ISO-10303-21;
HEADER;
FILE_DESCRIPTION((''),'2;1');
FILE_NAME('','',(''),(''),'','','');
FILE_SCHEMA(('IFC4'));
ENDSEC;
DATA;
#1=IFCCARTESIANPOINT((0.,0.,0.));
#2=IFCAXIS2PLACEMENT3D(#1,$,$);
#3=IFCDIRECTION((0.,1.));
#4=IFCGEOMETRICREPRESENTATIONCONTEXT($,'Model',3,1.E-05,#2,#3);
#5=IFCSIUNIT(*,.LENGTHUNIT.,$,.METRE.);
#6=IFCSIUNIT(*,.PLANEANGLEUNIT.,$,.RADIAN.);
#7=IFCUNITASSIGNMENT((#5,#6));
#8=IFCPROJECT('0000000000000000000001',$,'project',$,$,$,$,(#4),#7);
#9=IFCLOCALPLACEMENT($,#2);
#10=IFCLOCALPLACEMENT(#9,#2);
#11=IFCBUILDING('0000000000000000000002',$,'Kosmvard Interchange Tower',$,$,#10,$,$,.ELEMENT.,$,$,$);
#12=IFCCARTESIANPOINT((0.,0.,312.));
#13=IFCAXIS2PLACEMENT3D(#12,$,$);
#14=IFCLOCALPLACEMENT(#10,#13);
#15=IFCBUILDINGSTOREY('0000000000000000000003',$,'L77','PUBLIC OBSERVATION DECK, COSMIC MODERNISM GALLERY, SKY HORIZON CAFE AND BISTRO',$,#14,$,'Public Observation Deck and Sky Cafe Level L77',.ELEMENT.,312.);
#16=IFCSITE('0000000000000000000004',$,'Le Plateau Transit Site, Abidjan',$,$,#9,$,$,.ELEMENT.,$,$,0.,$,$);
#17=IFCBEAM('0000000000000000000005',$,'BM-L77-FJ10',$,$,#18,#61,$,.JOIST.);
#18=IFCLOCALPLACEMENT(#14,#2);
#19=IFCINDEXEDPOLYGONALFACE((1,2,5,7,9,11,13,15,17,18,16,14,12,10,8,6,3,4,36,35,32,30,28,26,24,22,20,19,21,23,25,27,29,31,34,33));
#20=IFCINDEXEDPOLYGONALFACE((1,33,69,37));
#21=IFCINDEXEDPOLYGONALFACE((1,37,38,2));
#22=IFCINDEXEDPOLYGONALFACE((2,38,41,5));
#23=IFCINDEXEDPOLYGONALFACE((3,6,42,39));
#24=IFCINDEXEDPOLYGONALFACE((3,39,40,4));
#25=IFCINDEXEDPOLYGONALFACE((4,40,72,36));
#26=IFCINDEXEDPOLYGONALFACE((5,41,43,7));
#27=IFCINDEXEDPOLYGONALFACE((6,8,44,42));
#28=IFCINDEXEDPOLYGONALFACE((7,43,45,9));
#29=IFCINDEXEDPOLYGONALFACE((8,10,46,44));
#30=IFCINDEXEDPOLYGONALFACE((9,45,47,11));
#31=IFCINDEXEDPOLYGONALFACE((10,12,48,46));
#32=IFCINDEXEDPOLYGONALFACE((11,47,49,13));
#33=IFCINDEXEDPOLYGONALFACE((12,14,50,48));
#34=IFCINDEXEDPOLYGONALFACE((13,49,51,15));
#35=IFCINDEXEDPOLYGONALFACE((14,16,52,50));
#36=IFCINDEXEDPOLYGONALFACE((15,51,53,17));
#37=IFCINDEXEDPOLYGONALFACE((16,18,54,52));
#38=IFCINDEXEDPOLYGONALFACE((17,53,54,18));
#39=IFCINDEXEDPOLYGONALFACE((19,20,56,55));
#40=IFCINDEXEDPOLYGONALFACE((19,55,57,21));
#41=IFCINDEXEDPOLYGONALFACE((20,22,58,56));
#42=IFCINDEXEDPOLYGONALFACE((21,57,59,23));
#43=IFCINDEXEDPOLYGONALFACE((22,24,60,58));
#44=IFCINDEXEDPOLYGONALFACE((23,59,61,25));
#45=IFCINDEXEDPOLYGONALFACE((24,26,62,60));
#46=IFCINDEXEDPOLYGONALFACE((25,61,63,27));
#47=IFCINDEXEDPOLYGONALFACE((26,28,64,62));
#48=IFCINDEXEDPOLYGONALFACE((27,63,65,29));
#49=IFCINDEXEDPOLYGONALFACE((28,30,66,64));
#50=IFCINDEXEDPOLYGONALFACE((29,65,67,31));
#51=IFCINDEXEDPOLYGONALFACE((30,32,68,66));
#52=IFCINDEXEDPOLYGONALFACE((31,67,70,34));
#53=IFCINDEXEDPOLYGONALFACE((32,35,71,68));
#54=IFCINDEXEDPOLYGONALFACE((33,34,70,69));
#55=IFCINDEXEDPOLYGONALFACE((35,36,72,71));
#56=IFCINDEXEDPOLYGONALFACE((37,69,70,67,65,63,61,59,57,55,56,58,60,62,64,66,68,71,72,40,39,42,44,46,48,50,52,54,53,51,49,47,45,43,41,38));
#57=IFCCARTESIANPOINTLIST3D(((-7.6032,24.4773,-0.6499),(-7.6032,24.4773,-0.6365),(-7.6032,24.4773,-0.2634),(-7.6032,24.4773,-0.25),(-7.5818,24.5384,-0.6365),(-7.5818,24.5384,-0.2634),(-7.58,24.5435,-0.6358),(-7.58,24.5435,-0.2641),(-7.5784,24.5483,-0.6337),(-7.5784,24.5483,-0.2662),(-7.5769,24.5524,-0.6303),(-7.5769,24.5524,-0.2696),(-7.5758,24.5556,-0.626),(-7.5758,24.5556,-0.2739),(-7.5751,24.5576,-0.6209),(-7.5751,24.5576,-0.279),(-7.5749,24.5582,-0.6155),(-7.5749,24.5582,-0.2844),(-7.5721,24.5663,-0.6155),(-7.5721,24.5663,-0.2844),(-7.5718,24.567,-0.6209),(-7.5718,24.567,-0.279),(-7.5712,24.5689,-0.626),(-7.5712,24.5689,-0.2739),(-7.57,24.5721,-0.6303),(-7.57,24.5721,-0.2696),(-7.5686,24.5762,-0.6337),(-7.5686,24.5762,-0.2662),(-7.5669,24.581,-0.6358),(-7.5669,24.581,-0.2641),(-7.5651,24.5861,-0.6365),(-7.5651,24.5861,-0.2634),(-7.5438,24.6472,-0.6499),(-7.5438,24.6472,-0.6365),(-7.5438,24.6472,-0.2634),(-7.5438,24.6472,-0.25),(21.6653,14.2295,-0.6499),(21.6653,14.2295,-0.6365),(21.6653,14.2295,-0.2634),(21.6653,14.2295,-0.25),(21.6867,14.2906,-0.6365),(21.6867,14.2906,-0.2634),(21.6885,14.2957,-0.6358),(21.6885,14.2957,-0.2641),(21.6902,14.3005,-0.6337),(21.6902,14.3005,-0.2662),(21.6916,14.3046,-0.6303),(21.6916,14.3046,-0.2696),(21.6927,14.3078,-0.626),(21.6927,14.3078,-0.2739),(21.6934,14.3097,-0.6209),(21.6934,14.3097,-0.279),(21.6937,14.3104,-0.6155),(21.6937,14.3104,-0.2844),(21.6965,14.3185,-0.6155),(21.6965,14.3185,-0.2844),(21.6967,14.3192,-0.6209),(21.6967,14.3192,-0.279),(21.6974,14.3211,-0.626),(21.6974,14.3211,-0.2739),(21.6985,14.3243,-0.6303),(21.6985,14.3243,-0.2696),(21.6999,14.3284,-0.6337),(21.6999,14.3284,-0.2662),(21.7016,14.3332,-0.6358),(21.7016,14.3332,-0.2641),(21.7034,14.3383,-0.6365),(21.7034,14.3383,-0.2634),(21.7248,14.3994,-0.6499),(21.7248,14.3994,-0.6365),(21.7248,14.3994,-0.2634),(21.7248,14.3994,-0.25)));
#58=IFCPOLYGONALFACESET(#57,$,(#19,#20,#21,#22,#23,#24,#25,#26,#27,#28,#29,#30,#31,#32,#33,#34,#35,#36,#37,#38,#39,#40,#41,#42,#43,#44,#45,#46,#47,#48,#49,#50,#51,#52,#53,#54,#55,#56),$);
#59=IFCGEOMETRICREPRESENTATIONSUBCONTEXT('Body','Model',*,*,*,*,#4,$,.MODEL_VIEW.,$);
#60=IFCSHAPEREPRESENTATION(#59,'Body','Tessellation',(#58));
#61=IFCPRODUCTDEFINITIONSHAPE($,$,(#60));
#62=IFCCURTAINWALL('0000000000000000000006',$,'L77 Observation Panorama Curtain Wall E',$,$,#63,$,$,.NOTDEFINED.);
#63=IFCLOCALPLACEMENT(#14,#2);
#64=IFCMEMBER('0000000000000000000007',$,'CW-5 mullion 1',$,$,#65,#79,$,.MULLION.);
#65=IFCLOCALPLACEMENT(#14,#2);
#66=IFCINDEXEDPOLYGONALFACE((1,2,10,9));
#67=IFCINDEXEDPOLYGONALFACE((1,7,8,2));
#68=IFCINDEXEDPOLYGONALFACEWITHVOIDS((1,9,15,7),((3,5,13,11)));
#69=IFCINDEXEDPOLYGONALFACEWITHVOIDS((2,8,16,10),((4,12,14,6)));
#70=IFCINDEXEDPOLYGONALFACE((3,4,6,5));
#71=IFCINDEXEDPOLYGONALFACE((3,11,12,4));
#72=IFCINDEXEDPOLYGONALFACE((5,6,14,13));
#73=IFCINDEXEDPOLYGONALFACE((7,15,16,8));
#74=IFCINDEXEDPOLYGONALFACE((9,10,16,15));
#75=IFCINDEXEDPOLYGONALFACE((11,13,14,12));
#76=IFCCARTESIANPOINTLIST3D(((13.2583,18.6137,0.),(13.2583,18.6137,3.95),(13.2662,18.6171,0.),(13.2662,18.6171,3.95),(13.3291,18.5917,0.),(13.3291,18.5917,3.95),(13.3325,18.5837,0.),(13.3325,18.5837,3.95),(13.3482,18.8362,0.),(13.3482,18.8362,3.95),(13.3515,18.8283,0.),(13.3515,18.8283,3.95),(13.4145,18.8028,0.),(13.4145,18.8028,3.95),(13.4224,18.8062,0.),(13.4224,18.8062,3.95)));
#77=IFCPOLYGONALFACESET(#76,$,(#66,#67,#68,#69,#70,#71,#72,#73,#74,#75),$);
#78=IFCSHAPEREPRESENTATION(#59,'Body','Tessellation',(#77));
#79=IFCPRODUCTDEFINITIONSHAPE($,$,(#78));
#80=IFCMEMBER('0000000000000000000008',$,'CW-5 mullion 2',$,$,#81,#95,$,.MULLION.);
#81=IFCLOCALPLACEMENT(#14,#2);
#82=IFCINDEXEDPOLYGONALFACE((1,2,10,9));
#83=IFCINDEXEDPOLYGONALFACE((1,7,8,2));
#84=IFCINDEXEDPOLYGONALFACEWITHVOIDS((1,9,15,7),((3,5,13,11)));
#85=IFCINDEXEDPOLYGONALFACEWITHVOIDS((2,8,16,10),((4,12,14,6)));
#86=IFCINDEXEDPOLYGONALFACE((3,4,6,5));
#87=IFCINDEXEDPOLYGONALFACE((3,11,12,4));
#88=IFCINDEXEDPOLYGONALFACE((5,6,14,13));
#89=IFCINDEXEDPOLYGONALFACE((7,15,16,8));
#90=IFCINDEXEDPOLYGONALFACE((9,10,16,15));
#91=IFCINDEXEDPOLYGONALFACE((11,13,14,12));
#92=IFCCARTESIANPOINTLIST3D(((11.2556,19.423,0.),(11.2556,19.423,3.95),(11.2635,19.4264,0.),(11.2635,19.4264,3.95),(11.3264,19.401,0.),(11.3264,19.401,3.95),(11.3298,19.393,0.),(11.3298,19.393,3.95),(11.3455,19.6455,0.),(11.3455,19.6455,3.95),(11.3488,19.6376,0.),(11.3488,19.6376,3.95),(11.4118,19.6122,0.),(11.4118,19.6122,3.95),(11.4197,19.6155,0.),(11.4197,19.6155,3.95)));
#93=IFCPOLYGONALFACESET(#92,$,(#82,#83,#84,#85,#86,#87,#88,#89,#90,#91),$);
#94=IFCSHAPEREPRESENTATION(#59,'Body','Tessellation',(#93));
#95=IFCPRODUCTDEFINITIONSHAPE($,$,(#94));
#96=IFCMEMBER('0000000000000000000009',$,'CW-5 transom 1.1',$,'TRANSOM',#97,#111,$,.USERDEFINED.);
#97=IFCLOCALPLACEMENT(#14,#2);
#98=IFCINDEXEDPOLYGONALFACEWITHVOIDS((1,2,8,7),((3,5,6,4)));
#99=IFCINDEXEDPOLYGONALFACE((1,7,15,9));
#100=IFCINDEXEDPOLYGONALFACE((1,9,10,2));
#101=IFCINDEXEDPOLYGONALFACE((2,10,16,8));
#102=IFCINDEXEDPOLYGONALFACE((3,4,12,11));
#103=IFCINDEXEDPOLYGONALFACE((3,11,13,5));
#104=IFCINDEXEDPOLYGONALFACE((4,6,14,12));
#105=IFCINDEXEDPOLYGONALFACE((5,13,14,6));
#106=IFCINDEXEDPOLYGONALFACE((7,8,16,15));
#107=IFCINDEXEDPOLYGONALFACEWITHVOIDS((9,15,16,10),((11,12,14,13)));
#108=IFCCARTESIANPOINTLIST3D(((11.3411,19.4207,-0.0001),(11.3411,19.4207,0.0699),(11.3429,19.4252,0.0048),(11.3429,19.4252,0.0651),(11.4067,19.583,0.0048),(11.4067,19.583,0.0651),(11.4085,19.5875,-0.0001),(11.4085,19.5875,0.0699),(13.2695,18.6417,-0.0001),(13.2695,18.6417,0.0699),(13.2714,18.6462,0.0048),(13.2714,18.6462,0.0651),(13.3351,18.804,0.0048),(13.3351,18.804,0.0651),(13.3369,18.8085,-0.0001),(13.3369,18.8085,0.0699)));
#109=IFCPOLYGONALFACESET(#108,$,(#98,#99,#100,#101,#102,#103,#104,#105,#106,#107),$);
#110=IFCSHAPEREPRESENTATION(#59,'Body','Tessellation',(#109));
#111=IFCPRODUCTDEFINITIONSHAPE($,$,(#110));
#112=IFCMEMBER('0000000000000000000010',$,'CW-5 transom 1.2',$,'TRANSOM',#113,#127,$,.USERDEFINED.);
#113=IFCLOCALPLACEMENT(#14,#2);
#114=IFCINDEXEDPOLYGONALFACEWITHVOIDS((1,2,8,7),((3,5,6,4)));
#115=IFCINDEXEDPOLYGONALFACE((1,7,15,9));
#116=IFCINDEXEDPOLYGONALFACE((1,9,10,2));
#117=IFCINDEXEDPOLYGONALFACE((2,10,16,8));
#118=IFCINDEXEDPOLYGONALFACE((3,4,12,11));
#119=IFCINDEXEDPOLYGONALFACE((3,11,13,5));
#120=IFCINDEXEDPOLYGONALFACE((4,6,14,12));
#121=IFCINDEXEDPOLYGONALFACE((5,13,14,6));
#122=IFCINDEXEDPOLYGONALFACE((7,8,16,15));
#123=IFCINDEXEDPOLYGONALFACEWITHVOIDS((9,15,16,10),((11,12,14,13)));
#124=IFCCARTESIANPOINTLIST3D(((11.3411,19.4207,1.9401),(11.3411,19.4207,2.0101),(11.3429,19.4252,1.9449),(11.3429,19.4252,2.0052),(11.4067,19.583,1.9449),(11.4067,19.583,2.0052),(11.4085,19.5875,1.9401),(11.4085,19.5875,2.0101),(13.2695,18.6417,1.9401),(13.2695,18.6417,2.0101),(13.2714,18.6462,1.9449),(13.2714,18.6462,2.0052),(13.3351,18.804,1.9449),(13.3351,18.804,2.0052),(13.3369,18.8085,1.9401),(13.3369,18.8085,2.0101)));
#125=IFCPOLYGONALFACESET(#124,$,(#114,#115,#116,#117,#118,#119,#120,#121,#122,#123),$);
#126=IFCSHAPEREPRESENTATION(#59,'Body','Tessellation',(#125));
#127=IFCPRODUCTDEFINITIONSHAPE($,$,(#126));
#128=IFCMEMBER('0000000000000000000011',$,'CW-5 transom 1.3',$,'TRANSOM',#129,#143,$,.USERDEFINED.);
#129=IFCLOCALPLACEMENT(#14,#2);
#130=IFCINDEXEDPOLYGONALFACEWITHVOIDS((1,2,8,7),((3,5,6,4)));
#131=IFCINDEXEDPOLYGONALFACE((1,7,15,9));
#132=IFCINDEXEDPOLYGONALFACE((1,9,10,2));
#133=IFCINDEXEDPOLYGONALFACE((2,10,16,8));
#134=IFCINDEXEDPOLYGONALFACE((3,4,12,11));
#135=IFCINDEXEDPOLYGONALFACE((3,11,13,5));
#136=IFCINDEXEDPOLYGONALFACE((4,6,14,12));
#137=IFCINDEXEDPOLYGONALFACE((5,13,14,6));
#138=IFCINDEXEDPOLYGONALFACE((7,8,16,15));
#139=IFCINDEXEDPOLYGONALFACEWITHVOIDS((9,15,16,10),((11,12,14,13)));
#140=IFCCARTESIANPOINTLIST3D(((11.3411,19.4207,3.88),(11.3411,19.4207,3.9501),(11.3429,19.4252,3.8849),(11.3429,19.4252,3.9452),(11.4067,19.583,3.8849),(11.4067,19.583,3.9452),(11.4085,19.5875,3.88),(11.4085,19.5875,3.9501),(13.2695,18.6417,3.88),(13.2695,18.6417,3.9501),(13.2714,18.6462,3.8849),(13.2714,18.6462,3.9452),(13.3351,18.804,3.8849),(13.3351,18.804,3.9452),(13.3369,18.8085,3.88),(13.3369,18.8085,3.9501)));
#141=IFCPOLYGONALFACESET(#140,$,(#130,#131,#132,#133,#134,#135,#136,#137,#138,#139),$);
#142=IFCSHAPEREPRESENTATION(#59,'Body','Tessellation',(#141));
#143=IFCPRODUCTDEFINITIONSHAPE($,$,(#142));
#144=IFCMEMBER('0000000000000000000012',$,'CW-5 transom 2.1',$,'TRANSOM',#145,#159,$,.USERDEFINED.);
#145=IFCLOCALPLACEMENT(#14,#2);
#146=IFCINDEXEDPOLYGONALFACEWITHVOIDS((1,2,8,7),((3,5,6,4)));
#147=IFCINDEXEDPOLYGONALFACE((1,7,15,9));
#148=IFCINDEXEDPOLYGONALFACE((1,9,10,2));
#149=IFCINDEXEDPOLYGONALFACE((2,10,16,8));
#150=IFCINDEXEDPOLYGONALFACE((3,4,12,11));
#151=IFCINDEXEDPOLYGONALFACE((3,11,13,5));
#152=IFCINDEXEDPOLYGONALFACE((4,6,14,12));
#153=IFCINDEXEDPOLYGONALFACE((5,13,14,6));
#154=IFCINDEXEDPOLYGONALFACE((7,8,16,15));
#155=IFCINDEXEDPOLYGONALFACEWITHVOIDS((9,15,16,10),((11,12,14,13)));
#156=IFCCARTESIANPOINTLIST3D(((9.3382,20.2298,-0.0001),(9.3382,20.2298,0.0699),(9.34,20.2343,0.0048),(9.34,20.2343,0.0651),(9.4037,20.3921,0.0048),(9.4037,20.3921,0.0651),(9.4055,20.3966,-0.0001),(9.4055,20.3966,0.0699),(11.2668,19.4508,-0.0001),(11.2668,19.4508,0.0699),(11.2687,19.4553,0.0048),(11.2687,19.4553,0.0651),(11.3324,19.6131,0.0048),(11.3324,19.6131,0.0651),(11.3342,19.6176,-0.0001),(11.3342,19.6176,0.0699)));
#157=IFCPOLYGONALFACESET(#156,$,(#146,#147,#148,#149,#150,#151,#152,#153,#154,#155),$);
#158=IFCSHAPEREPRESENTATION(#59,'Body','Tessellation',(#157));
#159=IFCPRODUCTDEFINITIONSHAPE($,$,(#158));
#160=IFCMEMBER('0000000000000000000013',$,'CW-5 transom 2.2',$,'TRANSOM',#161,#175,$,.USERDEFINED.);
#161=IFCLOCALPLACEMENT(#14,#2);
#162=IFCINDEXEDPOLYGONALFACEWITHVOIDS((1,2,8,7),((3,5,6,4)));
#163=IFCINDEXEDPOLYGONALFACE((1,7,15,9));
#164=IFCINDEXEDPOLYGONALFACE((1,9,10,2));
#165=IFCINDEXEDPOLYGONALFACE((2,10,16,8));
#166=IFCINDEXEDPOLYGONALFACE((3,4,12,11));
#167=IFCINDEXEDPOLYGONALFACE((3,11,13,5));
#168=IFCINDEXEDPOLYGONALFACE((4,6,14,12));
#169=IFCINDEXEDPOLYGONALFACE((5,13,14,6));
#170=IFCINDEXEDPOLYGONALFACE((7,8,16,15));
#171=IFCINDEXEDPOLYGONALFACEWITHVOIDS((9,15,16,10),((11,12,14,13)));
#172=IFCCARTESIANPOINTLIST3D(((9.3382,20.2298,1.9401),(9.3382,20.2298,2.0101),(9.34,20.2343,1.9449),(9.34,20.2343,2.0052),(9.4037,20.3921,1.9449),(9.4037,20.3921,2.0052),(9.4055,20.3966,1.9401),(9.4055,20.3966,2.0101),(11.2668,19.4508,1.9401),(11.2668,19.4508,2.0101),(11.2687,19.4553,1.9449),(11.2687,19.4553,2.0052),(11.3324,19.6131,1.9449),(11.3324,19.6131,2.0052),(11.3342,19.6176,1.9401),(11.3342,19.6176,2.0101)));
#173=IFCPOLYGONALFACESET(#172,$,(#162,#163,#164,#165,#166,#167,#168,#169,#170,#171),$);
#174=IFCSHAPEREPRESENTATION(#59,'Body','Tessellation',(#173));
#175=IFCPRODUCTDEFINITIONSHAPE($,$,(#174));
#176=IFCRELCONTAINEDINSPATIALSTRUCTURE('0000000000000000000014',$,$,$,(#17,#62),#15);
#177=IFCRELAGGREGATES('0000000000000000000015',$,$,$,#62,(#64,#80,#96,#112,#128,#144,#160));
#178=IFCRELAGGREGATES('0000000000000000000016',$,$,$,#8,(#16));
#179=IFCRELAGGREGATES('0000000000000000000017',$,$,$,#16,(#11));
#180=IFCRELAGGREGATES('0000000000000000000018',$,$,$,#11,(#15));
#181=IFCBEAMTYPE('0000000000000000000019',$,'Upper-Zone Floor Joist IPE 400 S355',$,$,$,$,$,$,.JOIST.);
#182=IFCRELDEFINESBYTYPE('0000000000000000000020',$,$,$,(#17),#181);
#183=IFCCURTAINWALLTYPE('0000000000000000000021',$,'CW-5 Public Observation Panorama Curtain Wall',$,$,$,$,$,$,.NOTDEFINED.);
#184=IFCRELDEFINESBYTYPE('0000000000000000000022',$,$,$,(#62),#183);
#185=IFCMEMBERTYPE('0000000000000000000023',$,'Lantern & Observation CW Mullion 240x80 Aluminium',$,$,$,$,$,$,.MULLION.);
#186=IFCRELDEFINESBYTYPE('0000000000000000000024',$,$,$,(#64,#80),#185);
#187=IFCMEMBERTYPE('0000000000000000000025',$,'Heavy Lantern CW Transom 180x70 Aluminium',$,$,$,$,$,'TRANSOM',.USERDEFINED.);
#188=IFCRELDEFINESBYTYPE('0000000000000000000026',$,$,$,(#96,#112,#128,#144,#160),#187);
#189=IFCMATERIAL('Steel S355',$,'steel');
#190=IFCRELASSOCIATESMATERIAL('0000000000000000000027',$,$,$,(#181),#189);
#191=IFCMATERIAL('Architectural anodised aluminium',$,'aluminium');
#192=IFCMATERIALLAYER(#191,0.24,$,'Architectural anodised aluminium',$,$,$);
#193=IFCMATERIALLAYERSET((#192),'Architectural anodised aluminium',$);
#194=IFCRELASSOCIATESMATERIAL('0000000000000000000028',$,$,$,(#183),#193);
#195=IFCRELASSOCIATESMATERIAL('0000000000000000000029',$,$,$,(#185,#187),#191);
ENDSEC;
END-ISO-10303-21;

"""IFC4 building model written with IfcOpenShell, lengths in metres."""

from ifc_helpers import new_model, si_unit, direction, frame, origin, origin_2d, place, context, subcontext, project, spatial, hollow_rectangle, i_section, extrude, source, transform, mapped, material, layer, layer_set, material_profile, profile_set, type_object, element, aggregate, save


model = new_model("IFC4")

# Units and contexts
model_context = context("Model", 3, precision=1e-05, world=origin(), true_north=direction((0.0, 1.0)))
body_context = subcontext(model_context, "Body", "Model", "MODEL_VIEW")
ifc_project = project(units=[si_unit("LENGTHUNIT", "METRE"), si_unit("PLANEANGLEUNIT", "RADIAN")], contexts=[model_context])

# Site, building, storey
site_placement = place(None, origin())
site = spatial("IfcSite", under=ifc_project, at=site_placement, Name="Le Plateau Transit Site, Abidjan", CompositionType="ELEMENT", RefElevation=0.0)
building_placement = place(site_placement, origin())
building = spatial("IfcBuilding", under=site, at=building_placement, Name="Kosmvard Interchange Tower", CompositionType="ELEMENT")
storey_placement = place(building_placement, frame((0.0, 0.0, 312.0)))
storey = spatial("IfcBuildingStorey", under=building, at=storey_placement, Name="L77", Description="PUBLIC OBSERVATION DECK, COSMIC MODERNISM GALLERY, SKY HORIZON CAFE AND BISTRO", LongName="Public Observation Deck and Sky Cafe Level L77", CompositionType="ELEMENT", Elevation=312.0)

# Beam
ifc_material_1 = material(Name="Steel S355", Category="steel")
ifc_material_profile_1 = material_profile(ifc_material_1, i_section(OverallWidth=0.1799, OverallDepth=0.3999, WebThickness=0.0085, FlangeThickness=0.0134, FilletRadius=0.021, at=origin_2d()), Name="IPE 400")
ifc_profile_set_1 = profile_set([ifc_material_profile_1], Name="Steel S355")
beam_type_1 = type_object("IfcBeamType", Name="Upper-Zone Floor Joist IPE 400 S355", PredefinedType="JOIST", material=ifc_profile_set_1)
shared_shape_1 = source(origin(), body_context, "Body", "SweptSolid", [
    extrude(i_section(OverallWidth=0.1799, OverallDepth=0.3999, WebThickness=0.0085, FlangeThickness=0.0134, FilletRadius=0.021, at=origin_2d()), origin(), (0.0, 0.0, 1.0), 31.0107),
])
beam_1_placement = place(storey_placement, frame((21.6951, 14.3145, -0.45), z_axis=(-0.94382, 0.33046, 0.0), x_axis=(-0.33046, -0.94382, 0.0)))
element("IfcBeam", 1, at=beam_1_placement, inside=storey, type_object=beam_type_1, Name="BM-L77-FJ10", PredefinedType="JOIST", context=body_context, shape_type="MappedRepresentation", body=[
    mapped(shared_shape_1, transform((0.0, 0.0, 0.0), scale=1.0)),
])

# Curtain wall, members
ifc_material_2 = material(Name="Architectural anodised aluminium", Category="aluminium")
ifc_layer_1 = layer(ifc_material_2, 0.24, Name="Architectural anodised aluminium")
ifc_layer_set_1 = layer_set([ifc_layer_1], Name="Architectural anodised aluminium")
curtain_wall_type = type_object("IfcCurtainWallType", Name="CW-5 Public Observation Panorama Curtain Wall", PredefinedType="NOTDEFINED", material=ifc_layer_set_1)
curtain_wall_placement = place(storey_placement, origin())
curtain_wall = element("IfcCurtainWall", 2, at=curtain_wall_placement, inside=storey, type_object=curtain_wall_type, Name="L77 Observation Panorama Curtain Wall E", PredefinedType="NOTDEFINED")
ifc_material_profile_2 = material_profile(ifc_material_2, hollow_rectangle(XDim=0.24, YDim=0.0801, WallThickness=0.0061, at=origin_2d()), Name="CWM 240x80x6")
ifc_profile_set_2 = profile_set([ifc_material_profile_2], Name="Architectural anodised aluminium")
member_type_1 = type_object("IfcMemberType", Name="Lantern & Observation CW Mullion 240x80 Aluminium", PredefinedType="MULLION", material=ifc_profile_set_2)
shared_shape_2 = source(origin(), body_context, "Body", "SweptSolid", [
    extrude(hollow_rectangle(XDim=0.24, YDim=0.0801, WallThickness=0.0061, at=origin_2d()), origin(), (0.0, 0.0, 1.0), 3.95),
])
member_1_placement = place(storey_placement, frame((13.3403, 18.71, 0.0), z_axis=(0.0, 0.0, 1.0), x_axis=(-0.374607, -0.927184, 0.0)))
member_1 = element("IfcMember", 3, at=member_1_placement, type_object=member_type_1, Name="CW-5 mullion 1", PredefinedType="MULLION", context=body_context, shape_type="MappedRepresentation", body=[
    mapped(shared_shape_2, transform((0.0, 0.0, 0.0), scale=1.0)),
])
member_2_placement = place(storey_placement, frame((11.3376, 19.5193, 0.0), z_axis=(0.0, 0.0, 1.0), x_axis=(-0.374607, -0.927184, 0.0)))
member_2 = element("IfcMember", 4, at=member_2_placement, type_object=member_type_1, Name="CW-5 mullion 2", PredefinedType="MULLION", context=body_context, shape_type="MappedRepresentation", body=[
    mapped(shared_shape_2, transform((0.0, 0.0, 0.0), scale=1.0)),
])
ifc_material_profile_3 = material_profile(ifc_material_2, hollow_rectangle(XDim=0.1799, YDim=0.0701, WallThickness=0.0049, at=origin_2d()), Name="CWT 180x70x5")
ifc_profile_set_3 = profile_set([ifc_material_profile_3], Name="Architectural anodised aluminium")
member_type_2 = type_object("IfcMemberType", Name="Heavy Lantern CW Transom 180x70 Aluminium", ElementType="TRANSOM", PredefinedType="USERDEFINED", material=ifc_profile_set_3)
shared_shape_3 = source(origin(), body_context, "Body", "SweptSolid", [
    extrude(hollow_rectangle(XDim=0.1799, YDim=0.0701, WallThickness=0.0049, at=origin_2d()), origin(), (0.0, 0.0, 1.0), 2.0798),
])
member_3_placement = place(storey_placement, frame((13.3032, 18.7251, 0.0349), z_axis=(-0.9272, 0.374566, 0.0), x_axis=(-0.374566, -0.9272, 0.0)))
member_3 = element("IfcMember", 5, at=member_3_placement, type_object=member_type_2, Name="CW-5 transom 1.1", ObjectType="TRANSOM", PredefinedType="USERDEFINED", context=body_context, shape_type="MappedRepresentation", body=[
    mapped(shared_shape_3, transform((0.0, 0.0, 0.0), scale=1.0)),
])
member_4_placement = place(storey_placement, frame((13.3032, 18.7251, 1.9751), z_axis=(-0.9272, 0.374566, 0.0), x_axis=(-0.374566, -0.9272, 0.0)))
member_4 = element("IfcMember", 6, at=member_4_placement, type_object=member_type_2, Name="CW-5 transom 1.2", ObjectType="TRANSOM", PredefinedType="USERDEFINED", context=body_context, shape_type="MappedRepresentation", body=[
    mapped(shared_shape_3, transform((0.0, 0.0, 0.0), scale=1.0)),
])
member_5_placement = place(storey_placement, frame((13.3032, 18.7251, 3.915), z_axis=(-0.9272, 0.374566, 0.0), x_axis=(-0.374566, -0.9272, 0.0)))
member_5 = element("IfcMember", 7, at=member_5_placement, type_object=member_type_2, Name="CW-5 transom 1.3", ObjectType="TRANSOM", PredefinedType="USERDEFINED", context=body_context, shape_type="MappedRepresentation", body=[
    mapped(shared_shape_3, transform((0.0, 0.0, 0.0), scale=1.0)),
])
shared_shape_4 = source(origin(), body_context, "Body", "SweptSolid", [
    extrude(hollow_rectangle(XDim=0.1799, YDim=0.0701, WallThickness=0.0049, at=origin_2d()), origin(), (0.0, 0.0, 1.0), 2.0801),
])
member_6_placement = place(storey_placement, frame((11.3005, 19.5342, 0.0349), z_axis=(-0.927217, 0.374525, 0.0), x_axis=(-0.374525, -0.927217, 0.0)))
member_6 = element("IfcMember", 8, at=member_6_placement, type_object=member_type_2, Name="CW-5 transom 2.1", ObjectType="TRANSOM", PredefinedType="USERDEFINED", context=body_context, shape_type="MappedRepresentation", body=[
    mapped(shared_shape_4, transform((0.0, 0.0, 0.0), scale=1.0)),
])
member_7_placement = place(storey_placement, frame((11.3005, 19.5342, 1.9751), z_axis=(-0.927217, 0.374525, 0.0), x_axis=(-0.374525, -0.927217, 0.0)))
member_7 = element("IfcMember", 9, at=member_7_placement, type_object=member_type_2, Name="CW-5 transom 2.2", ObjectType="TRANSOM", PredefinedType="USERDEFINED", context=body_context, shape_type="MappedRepresentation", body=[
    mapped(shared_shape_4, transform((0.0, 0.0, 0.0), scale=1.0)),
])
aggregate(curtain_wall, [member_1, member_2, member_3, member_4, member_5, member_6, member_7])

save(model, "model.ifc")
